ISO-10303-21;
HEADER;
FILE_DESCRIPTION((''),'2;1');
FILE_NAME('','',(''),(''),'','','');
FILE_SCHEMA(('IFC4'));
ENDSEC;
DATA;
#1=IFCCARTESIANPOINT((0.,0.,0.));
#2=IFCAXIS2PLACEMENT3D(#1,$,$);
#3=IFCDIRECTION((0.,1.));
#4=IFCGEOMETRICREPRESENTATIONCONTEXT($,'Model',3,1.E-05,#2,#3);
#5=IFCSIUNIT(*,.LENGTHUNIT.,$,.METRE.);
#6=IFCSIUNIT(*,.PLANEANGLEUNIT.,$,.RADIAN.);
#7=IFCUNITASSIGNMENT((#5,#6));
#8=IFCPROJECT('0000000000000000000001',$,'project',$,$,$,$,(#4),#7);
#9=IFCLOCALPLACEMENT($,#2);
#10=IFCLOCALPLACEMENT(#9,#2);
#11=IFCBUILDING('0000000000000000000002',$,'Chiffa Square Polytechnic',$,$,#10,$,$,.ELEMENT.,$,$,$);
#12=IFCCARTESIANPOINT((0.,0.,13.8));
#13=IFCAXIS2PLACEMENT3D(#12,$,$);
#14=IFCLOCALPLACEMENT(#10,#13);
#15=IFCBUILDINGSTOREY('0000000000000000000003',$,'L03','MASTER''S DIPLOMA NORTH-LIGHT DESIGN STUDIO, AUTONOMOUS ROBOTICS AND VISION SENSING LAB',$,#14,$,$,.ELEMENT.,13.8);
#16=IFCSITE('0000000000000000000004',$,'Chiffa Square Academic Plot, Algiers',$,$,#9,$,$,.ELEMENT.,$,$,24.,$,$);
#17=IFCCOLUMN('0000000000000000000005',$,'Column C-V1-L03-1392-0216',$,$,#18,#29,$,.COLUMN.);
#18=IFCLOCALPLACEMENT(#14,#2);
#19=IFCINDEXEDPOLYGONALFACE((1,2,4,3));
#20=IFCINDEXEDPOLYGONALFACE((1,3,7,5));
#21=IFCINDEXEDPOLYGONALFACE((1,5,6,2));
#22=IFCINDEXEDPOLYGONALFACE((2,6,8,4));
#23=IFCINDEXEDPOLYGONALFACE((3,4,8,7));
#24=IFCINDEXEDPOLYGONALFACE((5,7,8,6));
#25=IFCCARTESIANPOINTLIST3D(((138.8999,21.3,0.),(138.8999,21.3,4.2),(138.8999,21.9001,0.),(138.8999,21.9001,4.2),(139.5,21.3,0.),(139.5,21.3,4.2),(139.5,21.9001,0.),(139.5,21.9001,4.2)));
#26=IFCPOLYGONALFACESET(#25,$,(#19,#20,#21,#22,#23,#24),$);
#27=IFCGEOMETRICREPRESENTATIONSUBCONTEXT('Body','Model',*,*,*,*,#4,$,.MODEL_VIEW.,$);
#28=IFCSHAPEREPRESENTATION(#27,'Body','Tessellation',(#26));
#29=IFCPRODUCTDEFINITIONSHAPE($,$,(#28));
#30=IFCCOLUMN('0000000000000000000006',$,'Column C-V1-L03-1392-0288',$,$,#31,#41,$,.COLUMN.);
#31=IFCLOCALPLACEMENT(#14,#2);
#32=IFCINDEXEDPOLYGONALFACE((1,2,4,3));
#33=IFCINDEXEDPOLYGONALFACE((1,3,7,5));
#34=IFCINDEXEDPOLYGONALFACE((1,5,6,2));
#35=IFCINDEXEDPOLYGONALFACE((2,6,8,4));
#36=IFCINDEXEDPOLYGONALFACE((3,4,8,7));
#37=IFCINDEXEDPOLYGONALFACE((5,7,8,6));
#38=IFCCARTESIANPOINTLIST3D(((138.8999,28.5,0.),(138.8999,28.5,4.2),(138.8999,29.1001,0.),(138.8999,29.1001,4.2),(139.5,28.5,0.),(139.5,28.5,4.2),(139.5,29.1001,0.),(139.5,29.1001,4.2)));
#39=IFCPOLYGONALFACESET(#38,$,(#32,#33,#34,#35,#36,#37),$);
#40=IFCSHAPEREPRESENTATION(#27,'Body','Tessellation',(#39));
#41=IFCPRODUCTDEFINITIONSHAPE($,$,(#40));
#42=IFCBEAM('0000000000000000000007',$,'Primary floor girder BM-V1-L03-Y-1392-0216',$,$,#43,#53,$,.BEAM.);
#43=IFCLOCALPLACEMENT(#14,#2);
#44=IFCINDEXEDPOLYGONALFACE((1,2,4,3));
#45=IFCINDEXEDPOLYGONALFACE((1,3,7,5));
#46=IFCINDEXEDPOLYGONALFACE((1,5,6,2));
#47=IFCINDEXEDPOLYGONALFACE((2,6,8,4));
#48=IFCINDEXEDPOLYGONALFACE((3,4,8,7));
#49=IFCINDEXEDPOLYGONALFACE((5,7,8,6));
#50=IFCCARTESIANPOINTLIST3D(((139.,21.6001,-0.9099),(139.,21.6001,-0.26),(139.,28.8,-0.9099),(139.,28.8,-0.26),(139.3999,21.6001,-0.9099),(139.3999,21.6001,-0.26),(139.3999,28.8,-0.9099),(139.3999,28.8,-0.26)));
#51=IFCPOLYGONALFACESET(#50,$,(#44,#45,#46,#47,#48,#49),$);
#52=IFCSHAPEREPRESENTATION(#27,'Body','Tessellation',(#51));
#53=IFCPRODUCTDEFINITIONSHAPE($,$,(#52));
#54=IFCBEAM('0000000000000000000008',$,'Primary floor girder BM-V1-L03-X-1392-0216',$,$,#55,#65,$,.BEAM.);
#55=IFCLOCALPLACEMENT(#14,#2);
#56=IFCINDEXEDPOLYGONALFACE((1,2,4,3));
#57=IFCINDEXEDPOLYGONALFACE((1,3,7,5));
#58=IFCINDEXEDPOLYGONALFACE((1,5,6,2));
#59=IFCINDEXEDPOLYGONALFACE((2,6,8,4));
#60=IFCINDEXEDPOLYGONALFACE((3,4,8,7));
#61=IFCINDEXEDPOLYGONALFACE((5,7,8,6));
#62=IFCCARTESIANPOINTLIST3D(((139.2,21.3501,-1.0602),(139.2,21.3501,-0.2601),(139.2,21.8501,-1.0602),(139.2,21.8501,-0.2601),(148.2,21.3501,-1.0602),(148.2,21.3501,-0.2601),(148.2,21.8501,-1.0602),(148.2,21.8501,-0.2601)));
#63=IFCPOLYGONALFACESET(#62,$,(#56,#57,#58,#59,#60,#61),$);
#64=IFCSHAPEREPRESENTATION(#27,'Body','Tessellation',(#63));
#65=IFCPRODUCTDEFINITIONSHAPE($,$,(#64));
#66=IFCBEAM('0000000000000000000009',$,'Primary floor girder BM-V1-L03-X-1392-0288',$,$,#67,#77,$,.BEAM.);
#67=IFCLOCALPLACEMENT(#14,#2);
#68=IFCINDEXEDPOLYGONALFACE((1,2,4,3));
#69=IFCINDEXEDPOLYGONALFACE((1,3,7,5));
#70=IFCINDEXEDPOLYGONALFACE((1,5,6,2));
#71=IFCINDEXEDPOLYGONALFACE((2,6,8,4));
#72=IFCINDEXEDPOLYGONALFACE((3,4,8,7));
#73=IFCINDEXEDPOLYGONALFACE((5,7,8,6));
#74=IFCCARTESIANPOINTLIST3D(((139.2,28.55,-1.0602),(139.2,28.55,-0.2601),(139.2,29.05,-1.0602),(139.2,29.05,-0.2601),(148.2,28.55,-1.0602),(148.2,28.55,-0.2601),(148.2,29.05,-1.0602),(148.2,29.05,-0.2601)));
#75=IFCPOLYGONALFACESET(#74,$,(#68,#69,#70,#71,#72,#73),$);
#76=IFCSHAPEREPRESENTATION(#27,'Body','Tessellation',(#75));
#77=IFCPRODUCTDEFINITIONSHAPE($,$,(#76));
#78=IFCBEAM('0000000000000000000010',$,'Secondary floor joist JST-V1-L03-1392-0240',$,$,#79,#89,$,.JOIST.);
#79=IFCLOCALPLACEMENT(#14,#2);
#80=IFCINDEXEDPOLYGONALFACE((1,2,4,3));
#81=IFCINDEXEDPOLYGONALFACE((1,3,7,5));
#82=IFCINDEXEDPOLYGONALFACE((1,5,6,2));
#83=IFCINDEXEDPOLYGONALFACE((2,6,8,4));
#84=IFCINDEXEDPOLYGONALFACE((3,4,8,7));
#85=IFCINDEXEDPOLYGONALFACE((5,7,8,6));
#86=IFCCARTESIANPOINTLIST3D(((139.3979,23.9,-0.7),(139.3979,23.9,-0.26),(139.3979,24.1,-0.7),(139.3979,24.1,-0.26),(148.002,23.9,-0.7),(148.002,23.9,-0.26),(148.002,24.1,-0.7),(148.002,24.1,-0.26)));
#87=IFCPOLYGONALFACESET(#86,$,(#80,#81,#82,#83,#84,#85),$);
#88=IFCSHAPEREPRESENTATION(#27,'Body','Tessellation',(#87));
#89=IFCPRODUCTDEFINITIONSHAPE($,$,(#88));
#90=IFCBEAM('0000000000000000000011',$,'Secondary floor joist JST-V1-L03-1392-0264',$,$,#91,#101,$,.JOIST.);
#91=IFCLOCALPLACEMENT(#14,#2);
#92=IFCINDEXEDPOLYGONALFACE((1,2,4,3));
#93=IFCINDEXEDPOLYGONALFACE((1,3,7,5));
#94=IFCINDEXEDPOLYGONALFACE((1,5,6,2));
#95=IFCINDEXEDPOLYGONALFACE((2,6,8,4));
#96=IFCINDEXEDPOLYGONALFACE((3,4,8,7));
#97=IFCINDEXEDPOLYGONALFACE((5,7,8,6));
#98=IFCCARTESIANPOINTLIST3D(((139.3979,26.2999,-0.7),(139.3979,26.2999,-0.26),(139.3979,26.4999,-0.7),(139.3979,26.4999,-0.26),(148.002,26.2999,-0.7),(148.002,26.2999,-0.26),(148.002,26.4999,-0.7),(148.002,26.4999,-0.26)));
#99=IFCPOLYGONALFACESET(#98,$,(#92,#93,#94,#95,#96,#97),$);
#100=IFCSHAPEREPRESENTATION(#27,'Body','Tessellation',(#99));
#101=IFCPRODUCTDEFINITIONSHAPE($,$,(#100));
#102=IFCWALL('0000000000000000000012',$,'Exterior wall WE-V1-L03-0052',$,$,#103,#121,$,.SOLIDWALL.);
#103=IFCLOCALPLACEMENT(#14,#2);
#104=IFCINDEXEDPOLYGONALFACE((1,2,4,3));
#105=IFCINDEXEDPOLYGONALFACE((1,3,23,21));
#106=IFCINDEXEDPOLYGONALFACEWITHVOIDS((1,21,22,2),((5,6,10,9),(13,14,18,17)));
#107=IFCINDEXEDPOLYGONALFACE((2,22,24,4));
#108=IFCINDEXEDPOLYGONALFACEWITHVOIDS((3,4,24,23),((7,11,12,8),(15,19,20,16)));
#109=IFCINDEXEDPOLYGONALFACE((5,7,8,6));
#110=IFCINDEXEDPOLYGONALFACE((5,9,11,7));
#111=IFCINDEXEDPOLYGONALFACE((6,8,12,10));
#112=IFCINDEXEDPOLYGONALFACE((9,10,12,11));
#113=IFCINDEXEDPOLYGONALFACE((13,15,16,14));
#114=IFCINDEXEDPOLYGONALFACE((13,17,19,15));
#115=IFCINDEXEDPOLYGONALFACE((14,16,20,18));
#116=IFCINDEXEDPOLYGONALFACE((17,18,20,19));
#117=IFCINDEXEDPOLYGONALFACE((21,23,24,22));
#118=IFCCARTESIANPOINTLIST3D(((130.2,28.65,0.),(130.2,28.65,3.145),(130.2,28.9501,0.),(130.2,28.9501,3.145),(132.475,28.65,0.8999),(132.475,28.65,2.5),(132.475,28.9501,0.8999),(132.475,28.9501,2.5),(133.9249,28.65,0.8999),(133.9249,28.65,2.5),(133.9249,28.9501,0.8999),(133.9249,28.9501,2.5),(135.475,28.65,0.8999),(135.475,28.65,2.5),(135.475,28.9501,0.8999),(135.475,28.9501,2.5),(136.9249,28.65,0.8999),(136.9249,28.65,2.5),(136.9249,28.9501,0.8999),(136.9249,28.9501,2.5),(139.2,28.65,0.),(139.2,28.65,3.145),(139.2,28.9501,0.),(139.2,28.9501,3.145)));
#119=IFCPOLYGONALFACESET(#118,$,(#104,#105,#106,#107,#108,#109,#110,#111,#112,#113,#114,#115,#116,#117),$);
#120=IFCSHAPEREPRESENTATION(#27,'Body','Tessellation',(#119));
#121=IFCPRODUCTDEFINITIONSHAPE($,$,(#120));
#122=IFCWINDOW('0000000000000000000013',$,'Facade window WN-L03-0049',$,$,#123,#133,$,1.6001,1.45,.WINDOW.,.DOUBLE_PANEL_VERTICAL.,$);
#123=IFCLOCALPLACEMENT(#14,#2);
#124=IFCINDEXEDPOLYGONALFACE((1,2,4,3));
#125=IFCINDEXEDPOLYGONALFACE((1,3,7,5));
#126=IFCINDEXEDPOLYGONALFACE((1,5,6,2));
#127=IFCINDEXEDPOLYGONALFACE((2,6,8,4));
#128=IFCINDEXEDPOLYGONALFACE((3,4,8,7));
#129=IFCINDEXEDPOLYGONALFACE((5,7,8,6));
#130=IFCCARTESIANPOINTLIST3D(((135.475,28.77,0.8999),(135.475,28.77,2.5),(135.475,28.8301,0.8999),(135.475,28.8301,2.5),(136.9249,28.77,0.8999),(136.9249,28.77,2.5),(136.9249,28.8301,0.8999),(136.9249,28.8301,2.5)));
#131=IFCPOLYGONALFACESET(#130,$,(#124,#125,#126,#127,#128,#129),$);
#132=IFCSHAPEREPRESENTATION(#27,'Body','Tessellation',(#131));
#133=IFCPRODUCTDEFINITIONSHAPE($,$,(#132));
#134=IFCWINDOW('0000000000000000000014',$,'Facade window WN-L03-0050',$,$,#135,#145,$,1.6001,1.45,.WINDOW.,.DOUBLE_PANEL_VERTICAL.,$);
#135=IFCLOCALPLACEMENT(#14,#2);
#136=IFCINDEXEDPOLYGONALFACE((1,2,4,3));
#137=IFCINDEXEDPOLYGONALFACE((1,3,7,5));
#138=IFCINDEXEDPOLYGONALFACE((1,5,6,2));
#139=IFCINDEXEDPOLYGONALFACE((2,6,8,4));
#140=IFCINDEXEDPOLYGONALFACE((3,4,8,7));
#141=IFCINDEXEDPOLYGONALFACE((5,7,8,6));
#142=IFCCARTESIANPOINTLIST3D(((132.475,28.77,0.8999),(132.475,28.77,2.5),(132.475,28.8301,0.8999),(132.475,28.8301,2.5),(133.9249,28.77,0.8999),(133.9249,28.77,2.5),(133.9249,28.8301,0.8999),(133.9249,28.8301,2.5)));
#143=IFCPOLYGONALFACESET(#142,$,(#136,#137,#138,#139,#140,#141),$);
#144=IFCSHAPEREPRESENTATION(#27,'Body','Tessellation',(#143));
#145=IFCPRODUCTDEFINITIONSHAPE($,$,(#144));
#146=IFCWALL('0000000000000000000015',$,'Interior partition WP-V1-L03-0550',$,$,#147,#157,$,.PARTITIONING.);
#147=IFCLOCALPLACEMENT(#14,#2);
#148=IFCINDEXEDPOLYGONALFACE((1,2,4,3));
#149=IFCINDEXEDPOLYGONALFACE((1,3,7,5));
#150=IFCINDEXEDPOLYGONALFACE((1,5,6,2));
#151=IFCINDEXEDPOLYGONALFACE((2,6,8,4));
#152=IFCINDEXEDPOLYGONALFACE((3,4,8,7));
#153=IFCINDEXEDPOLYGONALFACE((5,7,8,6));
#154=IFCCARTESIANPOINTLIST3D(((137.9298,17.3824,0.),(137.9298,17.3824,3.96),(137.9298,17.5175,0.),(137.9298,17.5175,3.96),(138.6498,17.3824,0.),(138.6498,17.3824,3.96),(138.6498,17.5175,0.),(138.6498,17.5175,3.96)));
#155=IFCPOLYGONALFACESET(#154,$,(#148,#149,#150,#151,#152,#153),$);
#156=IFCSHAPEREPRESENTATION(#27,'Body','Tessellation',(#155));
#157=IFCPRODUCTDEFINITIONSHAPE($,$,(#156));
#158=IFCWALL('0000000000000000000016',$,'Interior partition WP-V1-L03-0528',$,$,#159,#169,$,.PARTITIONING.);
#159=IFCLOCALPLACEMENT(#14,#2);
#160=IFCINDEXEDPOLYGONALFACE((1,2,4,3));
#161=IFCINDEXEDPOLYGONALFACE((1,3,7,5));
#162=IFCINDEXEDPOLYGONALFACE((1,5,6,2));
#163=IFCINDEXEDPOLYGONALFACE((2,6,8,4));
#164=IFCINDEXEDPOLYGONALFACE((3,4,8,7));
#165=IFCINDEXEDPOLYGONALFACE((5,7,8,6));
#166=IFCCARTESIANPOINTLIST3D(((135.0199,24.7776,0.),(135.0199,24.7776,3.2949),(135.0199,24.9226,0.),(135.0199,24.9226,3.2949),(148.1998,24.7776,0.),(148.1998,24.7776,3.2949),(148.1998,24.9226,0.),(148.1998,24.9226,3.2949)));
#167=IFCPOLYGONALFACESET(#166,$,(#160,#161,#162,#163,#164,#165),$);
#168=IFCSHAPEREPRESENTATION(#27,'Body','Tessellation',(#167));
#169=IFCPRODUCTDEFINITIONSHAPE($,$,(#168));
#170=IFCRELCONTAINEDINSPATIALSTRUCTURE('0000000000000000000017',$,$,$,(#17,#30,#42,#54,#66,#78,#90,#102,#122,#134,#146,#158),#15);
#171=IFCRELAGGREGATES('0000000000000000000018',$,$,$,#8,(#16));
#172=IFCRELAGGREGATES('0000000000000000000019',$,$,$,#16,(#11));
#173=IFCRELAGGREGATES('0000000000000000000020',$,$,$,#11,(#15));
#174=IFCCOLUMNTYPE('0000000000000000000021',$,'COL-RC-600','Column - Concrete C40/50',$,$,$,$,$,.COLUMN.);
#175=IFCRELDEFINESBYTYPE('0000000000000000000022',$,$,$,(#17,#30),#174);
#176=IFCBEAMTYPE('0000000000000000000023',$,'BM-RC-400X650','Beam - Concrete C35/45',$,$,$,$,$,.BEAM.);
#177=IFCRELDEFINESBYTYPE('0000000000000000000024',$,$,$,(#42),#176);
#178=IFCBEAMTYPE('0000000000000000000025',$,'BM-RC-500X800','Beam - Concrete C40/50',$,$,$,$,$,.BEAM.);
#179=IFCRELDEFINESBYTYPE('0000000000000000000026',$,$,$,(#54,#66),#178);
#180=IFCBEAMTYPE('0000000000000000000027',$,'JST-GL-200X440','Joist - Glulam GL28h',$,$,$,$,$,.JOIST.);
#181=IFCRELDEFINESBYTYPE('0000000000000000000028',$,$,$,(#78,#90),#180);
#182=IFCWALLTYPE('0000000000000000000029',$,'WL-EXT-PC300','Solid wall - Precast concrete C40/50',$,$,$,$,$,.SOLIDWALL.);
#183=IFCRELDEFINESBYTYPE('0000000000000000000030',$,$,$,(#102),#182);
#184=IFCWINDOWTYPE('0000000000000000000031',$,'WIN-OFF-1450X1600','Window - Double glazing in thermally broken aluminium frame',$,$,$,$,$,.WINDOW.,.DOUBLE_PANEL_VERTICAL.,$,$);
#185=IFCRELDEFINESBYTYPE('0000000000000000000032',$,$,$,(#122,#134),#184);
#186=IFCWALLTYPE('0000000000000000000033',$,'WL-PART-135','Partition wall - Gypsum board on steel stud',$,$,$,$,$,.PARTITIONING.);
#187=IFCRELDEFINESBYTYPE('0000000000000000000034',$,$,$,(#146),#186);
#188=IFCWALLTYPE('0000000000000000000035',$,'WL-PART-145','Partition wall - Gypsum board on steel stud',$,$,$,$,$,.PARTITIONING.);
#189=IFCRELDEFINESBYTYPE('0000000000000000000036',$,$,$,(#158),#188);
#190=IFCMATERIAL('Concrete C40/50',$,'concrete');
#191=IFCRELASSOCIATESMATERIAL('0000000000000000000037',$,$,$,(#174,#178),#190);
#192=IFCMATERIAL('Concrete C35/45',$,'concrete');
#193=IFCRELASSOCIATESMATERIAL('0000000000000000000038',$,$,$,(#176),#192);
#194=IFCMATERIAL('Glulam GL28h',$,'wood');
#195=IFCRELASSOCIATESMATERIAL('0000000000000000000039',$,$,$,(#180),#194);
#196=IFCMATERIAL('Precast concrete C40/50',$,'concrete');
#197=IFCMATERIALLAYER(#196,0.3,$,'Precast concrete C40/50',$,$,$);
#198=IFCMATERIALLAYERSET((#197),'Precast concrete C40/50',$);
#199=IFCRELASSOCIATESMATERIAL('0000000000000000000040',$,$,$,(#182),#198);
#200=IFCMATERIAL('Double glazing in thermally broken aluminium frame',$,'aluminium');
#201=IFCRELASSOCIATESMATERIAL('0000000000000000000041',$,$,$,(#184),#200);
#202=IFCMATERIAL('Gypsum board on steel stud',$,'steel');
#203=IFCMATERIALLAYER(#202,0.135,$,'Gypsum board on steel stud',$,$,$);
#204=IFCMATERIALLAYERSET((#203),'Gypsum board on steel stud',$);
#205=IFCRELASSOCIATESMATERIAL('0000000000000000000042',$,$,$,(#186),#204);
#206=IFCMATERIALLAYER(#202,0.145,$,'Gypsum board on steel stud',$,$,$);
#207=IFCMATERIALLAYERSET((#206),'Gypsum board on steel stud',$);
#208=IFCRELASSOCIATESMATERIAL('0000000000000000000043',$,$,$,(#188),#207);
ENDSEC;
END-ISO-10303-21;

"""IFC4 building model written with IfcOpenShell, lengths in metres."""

from ifc_helpers import new_model, si_unit, direction, frame, frame_2d, origin, origin_2d, place, context, subcontext, project, spatial, rectangle, extrude, material, layer, layer_set, material_profile, profile_set, type_object, element, fill, save


model = new_model("IFC4")

# Units and contexts
model_context = context("Model", 3, precision=1e-05, world=origin(), true_north=direction((0.0, 1.0)))
body_context = subcontext(model_context, "Body", "Model", "MODEL_VIEW")
ifc_project = project(units=[si_unit("LENGTHUNIT", "METRE"), si_unit("PLANEANGLEUNIT", "RADIAN")], contexts=[model_context])

# Site, building, storey
site_placement = place(None, origin())
site = spatial("IfcSite", under=ifc_project, at=site_placement, Name="Chiffa Square Academic Plot, Algiers", CompositionType="ELEMENT", RefElevation=24.0)
building_placement = place(site_placement, origin())
building = spatial("IfcBuilding", under=site, at=building_placement, Name="Chiffa Square Polytechnic", CompositionType="ELEMENT")
storey_placement = place(building_placement, frame((0.0, 0.0, 13.8)))
storey = spatial("IfcBuildingStorey", under=building, at=storey_placement, Name="L03", Description="MASTER'S DIPLOMA NORTH-LIGHT DESIGN STUDIO, AUTONOMOUS ROBOTICS AND VISION SENSING LAB", CompositionType="ELEMENT", Elevation=13.8)

# Columns
ifc_material_1 = material(Name="Concrete C40/50", Category="concrete")
ifc_material_profile_1 = material_profile(ifc_material_1, rectangle(XDim=0.6001, YDim=0.6001, at=origin_2d()), Name="RC 600x600")
ifc_profile_set_1 = profile_set([ifc_material_profile_1], Name="Concrete C40/50")
column_type = type_object("IfcColumnType", Name="COL-RC-600", Description="Column - Concrete C40/50", PredefinedType="COLUMN", material=ifc_profile_set_1)
for number, where, z_axis, x_axis, name in (
    (1, (139.2, 21.6001, 0.0), (0.0, 0.0, 1.0), (1.0, 0.0, 0.0), "Column C-V1-L03-1392-0216"),
    (2, (139.2, 28.8, 0.0), (0.0, 0.0, 1.0), (1.0, 0.0, 0.0), "Column C-V1-L03-1392-0288"),
):
    element("IfcColumn", number, at=place(storey_placement, frame(where, z_axis=z_axis, x_axis=x_axis)), inside=storey, type_object=column_type, Name=name, PredefinedType="COLUMN", context=body_context, shape_type="SweptSolid", body=[
        extrude(rectangle(XDim=0.6001, YDim=0.6001, at=origin_2d()), origin(), (0.0, 0.0, 1.0), 4.2),
    ])

# Beams
ifc_material_2 = material(Name="Concrete C35/45", Category="concrete")
ifc_material_profile_2 = material_profile(ifc_material_2, rectangle(XDim=0.3999, YDim=0.6499, at=origin_2d()), Name="RC 400x650")
ifc_profile_set_2 = profile_set([ifc_material_profile_2], Name="Concrete C35/45")
beam_type_1 = type_object("IfcBeamType", Name="BM-RC-400X650", Description="Beam - Concrete C35/45", PredefinedType="BEAM", material=ifc_profile_set_2)
beam_placement = place(storey_placement, frame((139.2, 21.6001, -0.585), z_axis=(0.0, 1.0, 0.0), x_axis=(-1.0, 0.0, 0.0)))
element("IfcBeam", 3, at=beam_placement, inside=storey, type_object=beam_type_1, Name="Primary floor girder BM-V1-L03-Y-1392-0216", PredefinedType="BEAM", context=body_context, shape_type="SweptSolid", body=[
    extrude(rectangle(XDim=0.3999, YDim=0.6499, at=origin_2d()), origin(), (0.0, 0.0, 1.0), 7.2),
])
ifc_material_profile_3 = material_profile(ifc_material_1, rectangle(XDim=0.5, YDim=0.8, at=origin_2d()), Name="RC 500x800")
ifc_profile_set_3 = profile_set([ifc_material_profile_3], Name="Concrete C40/50")
beam_type_2 = type_object("IfcBeamType", Name="BM-RC-500X800", Description="Beam - Concrete C40/50", PredefinedType="BEAM", material=ifc_profile_set_3)
for number, where, z_axis, x_axis, name in (
    (4, (139.2, 21.6001, -0.6602), (1.0, 0.0, 0.0), (0.0, 1.0, 0.0), "Primary floor girder BM-V1-L03-X-1392-0216"),
    (5, (139.2, 28.8, -0.6602), (1.0, 0.0, 0.0), (0.0, 1.0, 0.0), "Primary floor girder BM-V1-L03-X-1392-0288"),
):
    element("IfcBeam", number, at=place(storey_placement, frame(where, z_axis=z_axis, x_axis=x_axis)), inside=storey, type_object=beam_type_2, Name=name, PredefinedType="BEAM", context=body_context, shape_type="SweptSolid", body=[
        extrude(rectangle(XDim=0.5, YDim=0.8, at=origin_2d()), origin(), (0.0, 0.0, 1.0), 9.0),
    ])
ifc_material_3 = material(Name="Glulam GL28h", Category="wood")
ifc_material_profile_4 = material_profile(ifc_material_3, rectangle(XDim=0.2, YDim=0.4399, at=origin_2d()), Name="GL28h 200x440")
ifc_profile_set_4 = profile_set([ifc_material_profile_4], Name="Glulam GL28h")
beam_type_3 = type_object("IfcBeamType", Name="JST-GL-200X440", Description="Joist - Glulam GL28h", PredefinedType="JOIST", material=ifc_profile_set_4)
for number, where, z_axis, x_axis, name in (
    (6, (139.3979, 24.0, -0.48), (1.0, 0.0, 0.0), (0.0, 1.0, 0.0), "Secondary floor joist JST-V1-L03-1392-0240"),
    (7, (139.3979, 26.3999, -0.48), (1.0, 0.0, 0.0), (0.0, 1.0, 0.0), "Secondary floor joist JST-V1-L03-1392-0264"),
):
    element("IfcBeam", number, at=place(storey_placement, frame(where, z_axis=z_axis, x_axis=x_axis)), inside=storey, type_object=beam_type_3, Name=name, PredefinedType="JOIST", context=body_context, shape_type="SweptSolid", body=[
        extrude(rectangle(XDim=0.2, YDim=0.4399, at=origin_2d()), origin(), (0.0, 0.0, 1.0), 8.604),
    ])

# Wall, openings, windows
ifc_material_4 = material(Name="Precast concrete C40/50", Category="concrete")
ifc_layer_1 = layer(ifc_material_4, 0.3, Name="Precast concrete C40/50")
ifc_layer_set_1 = layer_set([ifc_layer_1], Name="Precast concrete C40/50")
wall_type_1 = type_object("IfcWallType", Name="WL-EXT-PC300", Description="Solid wall - Precast concrete C40/50", PredefinedType="SOLIDWALL", material=ifc_layer_set_1)
wall_1_placement = place(storey_placement, frame((139.2, 28.8, 0.0), z_axis=(0.0, 0.0, 1.0), x_axis=(-1.0, 0.0, 0.0)))
wall_1 = element("IfcWall", 8, at=wall_1_placement, inside=storey, type_object=wall_type_1, Name="Exterior wall WE-V1-L03-0052", PredefinedType="SOLIDWALL", context=body_context, shape_type="SweptSolid", body=[
    extrude(rectangle(XDim=9.0, YDim=0.3, at=frame_2d((4.5, 0.0))), origin(), (0.0, 0.0, 1.0), 3.145),
])
opening_1_placement = place(wall_1_placement, frame((2.2749, 0.0, 0.8999)))
opening_1 = element("IfcOpeningElement", 9, at=opening_1_placement, cuts=wall_1, PredefinedType="OPENING", context=body_context, shape_type="SweptSolid", body=[
    extrude(rectangle(XDim=1.45, YDim=1.6001, at=frame_2d((0.7251, 0.8))), frame((0.0, 0.1602, 0.0), z_axis=(0.0, -1.0, 0.0), x_axis=(1.0, 0.0, 0.0)), (0.0, 0.0, 1.0), 0.3201),
])
opening_2_placement = place(wall_1_placement, frame((5.2749, 0.0, 0.8999)))
opening_2 = element("IfcOpeningElement", 10, at=opening_2_placement, cuts=wall_1, PredefinedType="OPENING", context=body_context, shape_type="SweptSolid", body=[
    extrude(rectangle(XDim=1.45, YDim=1.6001, at=frame_2d((0.7251, 0.8))), frame((0.0, 0.1602, 0.0), z_axis=(0.0, -1.0, 0.0), x_axis=(1.0, 0.0, 0.0)), (0.0, 0.0, 1.0), 0.3201),
])
ifc_material_5 = material(Name="Double glazing in thermally broken aluminium frame", Category="aluminium")
window_type = type_object("IfcWindowType", Name="WIN-OFF-1450X1600", Description="Window - Double glazing in thermally broken aluminium frame", PartitioningType="DOUBLE_PANEL_VERTICAL", PredefinedType="WINDOW", material=ifc_material_5)
window_1_placement = place(opening_1_placement, origin())
window_1 = element("IfcWindow", 11, at=window_1_placement, inside=storey, type_object=window_type, Name="Facade window WN-L03-0049", OverallHeight=1.6001, OverallWidth=1.45, PartitioningType="DOUBLE_PANEL_VERTICAL", PredefinedType="WINDOW", context=body_context, shape_type="SweptSolid", body=[
    extrude(rectangle(XDim=1.45, YDim=1.6001, at=frame_2d((0.7251, 0.8))), frame((0.0, 0.03, 0.0), z_axis=(0.0, -1.0, 0.0), x_axis=(1.0, 0.0, 0.0)), (0.0, 0.0, 1.0), 0.0601),
])
fill(opening_1, window_1)
window_2_placement = place(opening_2_placement, origin())
window_2 = element("IfcWindow", 12, at=window_2_placement, inside=storey, type_object=window_type, Name="Facade window WN-L03-0050", OverallHeight=1.6001, OverallWidth=1.45, PartitioningType="DOUBLE_PANEL_VERTICAL", PredefinedType="WINDOW", context=body_context, shape_type="SweptSolid", body=[
    extrude(rectangle(XDim=1.45, YDim=1.6001, at=frame_2d((0.7251, 0.8))), frame((0.0, 0.03, 0.0), z_axis=(0.0, -1.0, 0.0), x_axis=(1.0, 0.0, 0.0)), (0.0, 0.0, 1.0), 0.0601),
])
fill(opening_2, window_2)

# Walls
ifc_material_6 = material(Name="Gypsum board on steel stud", Category="steel")
ifc_layer_2 = layer(ifc_material_6, 0.135, Name="Gypsum board on steel stud")
ifc_layer_set_2 = layer_set([ifc_layer_2], Name="Gypsum board on steel stud")
wall_type_2 = type_object("IfcWallType", Name="WL-PART-135", Description="Partition wall - Gypsum board on steel stud", PredefinedType="PARTITIONING", material=ifc_layer_set_2)
wall_2_placement = place(storey_placement, frame((137.9299, 17.45, 0.0), z_axis=(0.0, 0.0, 1.0), x_axis=(1.0, 0.0, 0.0)))
element("IfcWall", 13, at=wall_2_placement, inside=storey, type_object=wall_type_2, Name="Interior partition WP-V1-L03-0550", PredefinedType="PARTITIONING", context=body_context, shape_type="SweptSolid", body=[
    extrude(rectangle(XDim=0.72, YDim=0.135, at=frame_2d((0.3599, 0.0))), origin(), (0.0, 0.0, 1.0), 3.96),
])
ifc_layer_3 = layer(ifc_material_6, 0.145, Name="Gypsum board on steel stud")
ifc_layer_set_3 = layer_set([ifc_layer_3], Name="Gypsum board on steel stud")
wall_type_3 = type_object("IfcWallType", Name="WL-PART-145", Description="Partition wall - Gypsum board on steel stud", PredefinedType="PARTITIONING", material=ifc_layer_set_3)
wall_3_placement = place(storey_placement, frame((135.02, 24.8501, 0.0), z_axis=(0.0, 0.0, 1.0), x_axis=(1.0, 0.0, 0.0)))
element("IfcWall", 14, at=wall_3_placement, inside=storey, type_object=wall_type_3, Name="Interior partition WP-V1-L03-0528", PredefinedType="PARTITIONING", context=body_context, shape_type="SweptSolid", body=[
    extrude(rectangle(XDim=13.1799, YDim=0.145, at=frame_2d((6.5898, 0.0))), origin(), (0.0, 0.0, 1.0), 3.2949),
])

save(model, "model.ifc")
